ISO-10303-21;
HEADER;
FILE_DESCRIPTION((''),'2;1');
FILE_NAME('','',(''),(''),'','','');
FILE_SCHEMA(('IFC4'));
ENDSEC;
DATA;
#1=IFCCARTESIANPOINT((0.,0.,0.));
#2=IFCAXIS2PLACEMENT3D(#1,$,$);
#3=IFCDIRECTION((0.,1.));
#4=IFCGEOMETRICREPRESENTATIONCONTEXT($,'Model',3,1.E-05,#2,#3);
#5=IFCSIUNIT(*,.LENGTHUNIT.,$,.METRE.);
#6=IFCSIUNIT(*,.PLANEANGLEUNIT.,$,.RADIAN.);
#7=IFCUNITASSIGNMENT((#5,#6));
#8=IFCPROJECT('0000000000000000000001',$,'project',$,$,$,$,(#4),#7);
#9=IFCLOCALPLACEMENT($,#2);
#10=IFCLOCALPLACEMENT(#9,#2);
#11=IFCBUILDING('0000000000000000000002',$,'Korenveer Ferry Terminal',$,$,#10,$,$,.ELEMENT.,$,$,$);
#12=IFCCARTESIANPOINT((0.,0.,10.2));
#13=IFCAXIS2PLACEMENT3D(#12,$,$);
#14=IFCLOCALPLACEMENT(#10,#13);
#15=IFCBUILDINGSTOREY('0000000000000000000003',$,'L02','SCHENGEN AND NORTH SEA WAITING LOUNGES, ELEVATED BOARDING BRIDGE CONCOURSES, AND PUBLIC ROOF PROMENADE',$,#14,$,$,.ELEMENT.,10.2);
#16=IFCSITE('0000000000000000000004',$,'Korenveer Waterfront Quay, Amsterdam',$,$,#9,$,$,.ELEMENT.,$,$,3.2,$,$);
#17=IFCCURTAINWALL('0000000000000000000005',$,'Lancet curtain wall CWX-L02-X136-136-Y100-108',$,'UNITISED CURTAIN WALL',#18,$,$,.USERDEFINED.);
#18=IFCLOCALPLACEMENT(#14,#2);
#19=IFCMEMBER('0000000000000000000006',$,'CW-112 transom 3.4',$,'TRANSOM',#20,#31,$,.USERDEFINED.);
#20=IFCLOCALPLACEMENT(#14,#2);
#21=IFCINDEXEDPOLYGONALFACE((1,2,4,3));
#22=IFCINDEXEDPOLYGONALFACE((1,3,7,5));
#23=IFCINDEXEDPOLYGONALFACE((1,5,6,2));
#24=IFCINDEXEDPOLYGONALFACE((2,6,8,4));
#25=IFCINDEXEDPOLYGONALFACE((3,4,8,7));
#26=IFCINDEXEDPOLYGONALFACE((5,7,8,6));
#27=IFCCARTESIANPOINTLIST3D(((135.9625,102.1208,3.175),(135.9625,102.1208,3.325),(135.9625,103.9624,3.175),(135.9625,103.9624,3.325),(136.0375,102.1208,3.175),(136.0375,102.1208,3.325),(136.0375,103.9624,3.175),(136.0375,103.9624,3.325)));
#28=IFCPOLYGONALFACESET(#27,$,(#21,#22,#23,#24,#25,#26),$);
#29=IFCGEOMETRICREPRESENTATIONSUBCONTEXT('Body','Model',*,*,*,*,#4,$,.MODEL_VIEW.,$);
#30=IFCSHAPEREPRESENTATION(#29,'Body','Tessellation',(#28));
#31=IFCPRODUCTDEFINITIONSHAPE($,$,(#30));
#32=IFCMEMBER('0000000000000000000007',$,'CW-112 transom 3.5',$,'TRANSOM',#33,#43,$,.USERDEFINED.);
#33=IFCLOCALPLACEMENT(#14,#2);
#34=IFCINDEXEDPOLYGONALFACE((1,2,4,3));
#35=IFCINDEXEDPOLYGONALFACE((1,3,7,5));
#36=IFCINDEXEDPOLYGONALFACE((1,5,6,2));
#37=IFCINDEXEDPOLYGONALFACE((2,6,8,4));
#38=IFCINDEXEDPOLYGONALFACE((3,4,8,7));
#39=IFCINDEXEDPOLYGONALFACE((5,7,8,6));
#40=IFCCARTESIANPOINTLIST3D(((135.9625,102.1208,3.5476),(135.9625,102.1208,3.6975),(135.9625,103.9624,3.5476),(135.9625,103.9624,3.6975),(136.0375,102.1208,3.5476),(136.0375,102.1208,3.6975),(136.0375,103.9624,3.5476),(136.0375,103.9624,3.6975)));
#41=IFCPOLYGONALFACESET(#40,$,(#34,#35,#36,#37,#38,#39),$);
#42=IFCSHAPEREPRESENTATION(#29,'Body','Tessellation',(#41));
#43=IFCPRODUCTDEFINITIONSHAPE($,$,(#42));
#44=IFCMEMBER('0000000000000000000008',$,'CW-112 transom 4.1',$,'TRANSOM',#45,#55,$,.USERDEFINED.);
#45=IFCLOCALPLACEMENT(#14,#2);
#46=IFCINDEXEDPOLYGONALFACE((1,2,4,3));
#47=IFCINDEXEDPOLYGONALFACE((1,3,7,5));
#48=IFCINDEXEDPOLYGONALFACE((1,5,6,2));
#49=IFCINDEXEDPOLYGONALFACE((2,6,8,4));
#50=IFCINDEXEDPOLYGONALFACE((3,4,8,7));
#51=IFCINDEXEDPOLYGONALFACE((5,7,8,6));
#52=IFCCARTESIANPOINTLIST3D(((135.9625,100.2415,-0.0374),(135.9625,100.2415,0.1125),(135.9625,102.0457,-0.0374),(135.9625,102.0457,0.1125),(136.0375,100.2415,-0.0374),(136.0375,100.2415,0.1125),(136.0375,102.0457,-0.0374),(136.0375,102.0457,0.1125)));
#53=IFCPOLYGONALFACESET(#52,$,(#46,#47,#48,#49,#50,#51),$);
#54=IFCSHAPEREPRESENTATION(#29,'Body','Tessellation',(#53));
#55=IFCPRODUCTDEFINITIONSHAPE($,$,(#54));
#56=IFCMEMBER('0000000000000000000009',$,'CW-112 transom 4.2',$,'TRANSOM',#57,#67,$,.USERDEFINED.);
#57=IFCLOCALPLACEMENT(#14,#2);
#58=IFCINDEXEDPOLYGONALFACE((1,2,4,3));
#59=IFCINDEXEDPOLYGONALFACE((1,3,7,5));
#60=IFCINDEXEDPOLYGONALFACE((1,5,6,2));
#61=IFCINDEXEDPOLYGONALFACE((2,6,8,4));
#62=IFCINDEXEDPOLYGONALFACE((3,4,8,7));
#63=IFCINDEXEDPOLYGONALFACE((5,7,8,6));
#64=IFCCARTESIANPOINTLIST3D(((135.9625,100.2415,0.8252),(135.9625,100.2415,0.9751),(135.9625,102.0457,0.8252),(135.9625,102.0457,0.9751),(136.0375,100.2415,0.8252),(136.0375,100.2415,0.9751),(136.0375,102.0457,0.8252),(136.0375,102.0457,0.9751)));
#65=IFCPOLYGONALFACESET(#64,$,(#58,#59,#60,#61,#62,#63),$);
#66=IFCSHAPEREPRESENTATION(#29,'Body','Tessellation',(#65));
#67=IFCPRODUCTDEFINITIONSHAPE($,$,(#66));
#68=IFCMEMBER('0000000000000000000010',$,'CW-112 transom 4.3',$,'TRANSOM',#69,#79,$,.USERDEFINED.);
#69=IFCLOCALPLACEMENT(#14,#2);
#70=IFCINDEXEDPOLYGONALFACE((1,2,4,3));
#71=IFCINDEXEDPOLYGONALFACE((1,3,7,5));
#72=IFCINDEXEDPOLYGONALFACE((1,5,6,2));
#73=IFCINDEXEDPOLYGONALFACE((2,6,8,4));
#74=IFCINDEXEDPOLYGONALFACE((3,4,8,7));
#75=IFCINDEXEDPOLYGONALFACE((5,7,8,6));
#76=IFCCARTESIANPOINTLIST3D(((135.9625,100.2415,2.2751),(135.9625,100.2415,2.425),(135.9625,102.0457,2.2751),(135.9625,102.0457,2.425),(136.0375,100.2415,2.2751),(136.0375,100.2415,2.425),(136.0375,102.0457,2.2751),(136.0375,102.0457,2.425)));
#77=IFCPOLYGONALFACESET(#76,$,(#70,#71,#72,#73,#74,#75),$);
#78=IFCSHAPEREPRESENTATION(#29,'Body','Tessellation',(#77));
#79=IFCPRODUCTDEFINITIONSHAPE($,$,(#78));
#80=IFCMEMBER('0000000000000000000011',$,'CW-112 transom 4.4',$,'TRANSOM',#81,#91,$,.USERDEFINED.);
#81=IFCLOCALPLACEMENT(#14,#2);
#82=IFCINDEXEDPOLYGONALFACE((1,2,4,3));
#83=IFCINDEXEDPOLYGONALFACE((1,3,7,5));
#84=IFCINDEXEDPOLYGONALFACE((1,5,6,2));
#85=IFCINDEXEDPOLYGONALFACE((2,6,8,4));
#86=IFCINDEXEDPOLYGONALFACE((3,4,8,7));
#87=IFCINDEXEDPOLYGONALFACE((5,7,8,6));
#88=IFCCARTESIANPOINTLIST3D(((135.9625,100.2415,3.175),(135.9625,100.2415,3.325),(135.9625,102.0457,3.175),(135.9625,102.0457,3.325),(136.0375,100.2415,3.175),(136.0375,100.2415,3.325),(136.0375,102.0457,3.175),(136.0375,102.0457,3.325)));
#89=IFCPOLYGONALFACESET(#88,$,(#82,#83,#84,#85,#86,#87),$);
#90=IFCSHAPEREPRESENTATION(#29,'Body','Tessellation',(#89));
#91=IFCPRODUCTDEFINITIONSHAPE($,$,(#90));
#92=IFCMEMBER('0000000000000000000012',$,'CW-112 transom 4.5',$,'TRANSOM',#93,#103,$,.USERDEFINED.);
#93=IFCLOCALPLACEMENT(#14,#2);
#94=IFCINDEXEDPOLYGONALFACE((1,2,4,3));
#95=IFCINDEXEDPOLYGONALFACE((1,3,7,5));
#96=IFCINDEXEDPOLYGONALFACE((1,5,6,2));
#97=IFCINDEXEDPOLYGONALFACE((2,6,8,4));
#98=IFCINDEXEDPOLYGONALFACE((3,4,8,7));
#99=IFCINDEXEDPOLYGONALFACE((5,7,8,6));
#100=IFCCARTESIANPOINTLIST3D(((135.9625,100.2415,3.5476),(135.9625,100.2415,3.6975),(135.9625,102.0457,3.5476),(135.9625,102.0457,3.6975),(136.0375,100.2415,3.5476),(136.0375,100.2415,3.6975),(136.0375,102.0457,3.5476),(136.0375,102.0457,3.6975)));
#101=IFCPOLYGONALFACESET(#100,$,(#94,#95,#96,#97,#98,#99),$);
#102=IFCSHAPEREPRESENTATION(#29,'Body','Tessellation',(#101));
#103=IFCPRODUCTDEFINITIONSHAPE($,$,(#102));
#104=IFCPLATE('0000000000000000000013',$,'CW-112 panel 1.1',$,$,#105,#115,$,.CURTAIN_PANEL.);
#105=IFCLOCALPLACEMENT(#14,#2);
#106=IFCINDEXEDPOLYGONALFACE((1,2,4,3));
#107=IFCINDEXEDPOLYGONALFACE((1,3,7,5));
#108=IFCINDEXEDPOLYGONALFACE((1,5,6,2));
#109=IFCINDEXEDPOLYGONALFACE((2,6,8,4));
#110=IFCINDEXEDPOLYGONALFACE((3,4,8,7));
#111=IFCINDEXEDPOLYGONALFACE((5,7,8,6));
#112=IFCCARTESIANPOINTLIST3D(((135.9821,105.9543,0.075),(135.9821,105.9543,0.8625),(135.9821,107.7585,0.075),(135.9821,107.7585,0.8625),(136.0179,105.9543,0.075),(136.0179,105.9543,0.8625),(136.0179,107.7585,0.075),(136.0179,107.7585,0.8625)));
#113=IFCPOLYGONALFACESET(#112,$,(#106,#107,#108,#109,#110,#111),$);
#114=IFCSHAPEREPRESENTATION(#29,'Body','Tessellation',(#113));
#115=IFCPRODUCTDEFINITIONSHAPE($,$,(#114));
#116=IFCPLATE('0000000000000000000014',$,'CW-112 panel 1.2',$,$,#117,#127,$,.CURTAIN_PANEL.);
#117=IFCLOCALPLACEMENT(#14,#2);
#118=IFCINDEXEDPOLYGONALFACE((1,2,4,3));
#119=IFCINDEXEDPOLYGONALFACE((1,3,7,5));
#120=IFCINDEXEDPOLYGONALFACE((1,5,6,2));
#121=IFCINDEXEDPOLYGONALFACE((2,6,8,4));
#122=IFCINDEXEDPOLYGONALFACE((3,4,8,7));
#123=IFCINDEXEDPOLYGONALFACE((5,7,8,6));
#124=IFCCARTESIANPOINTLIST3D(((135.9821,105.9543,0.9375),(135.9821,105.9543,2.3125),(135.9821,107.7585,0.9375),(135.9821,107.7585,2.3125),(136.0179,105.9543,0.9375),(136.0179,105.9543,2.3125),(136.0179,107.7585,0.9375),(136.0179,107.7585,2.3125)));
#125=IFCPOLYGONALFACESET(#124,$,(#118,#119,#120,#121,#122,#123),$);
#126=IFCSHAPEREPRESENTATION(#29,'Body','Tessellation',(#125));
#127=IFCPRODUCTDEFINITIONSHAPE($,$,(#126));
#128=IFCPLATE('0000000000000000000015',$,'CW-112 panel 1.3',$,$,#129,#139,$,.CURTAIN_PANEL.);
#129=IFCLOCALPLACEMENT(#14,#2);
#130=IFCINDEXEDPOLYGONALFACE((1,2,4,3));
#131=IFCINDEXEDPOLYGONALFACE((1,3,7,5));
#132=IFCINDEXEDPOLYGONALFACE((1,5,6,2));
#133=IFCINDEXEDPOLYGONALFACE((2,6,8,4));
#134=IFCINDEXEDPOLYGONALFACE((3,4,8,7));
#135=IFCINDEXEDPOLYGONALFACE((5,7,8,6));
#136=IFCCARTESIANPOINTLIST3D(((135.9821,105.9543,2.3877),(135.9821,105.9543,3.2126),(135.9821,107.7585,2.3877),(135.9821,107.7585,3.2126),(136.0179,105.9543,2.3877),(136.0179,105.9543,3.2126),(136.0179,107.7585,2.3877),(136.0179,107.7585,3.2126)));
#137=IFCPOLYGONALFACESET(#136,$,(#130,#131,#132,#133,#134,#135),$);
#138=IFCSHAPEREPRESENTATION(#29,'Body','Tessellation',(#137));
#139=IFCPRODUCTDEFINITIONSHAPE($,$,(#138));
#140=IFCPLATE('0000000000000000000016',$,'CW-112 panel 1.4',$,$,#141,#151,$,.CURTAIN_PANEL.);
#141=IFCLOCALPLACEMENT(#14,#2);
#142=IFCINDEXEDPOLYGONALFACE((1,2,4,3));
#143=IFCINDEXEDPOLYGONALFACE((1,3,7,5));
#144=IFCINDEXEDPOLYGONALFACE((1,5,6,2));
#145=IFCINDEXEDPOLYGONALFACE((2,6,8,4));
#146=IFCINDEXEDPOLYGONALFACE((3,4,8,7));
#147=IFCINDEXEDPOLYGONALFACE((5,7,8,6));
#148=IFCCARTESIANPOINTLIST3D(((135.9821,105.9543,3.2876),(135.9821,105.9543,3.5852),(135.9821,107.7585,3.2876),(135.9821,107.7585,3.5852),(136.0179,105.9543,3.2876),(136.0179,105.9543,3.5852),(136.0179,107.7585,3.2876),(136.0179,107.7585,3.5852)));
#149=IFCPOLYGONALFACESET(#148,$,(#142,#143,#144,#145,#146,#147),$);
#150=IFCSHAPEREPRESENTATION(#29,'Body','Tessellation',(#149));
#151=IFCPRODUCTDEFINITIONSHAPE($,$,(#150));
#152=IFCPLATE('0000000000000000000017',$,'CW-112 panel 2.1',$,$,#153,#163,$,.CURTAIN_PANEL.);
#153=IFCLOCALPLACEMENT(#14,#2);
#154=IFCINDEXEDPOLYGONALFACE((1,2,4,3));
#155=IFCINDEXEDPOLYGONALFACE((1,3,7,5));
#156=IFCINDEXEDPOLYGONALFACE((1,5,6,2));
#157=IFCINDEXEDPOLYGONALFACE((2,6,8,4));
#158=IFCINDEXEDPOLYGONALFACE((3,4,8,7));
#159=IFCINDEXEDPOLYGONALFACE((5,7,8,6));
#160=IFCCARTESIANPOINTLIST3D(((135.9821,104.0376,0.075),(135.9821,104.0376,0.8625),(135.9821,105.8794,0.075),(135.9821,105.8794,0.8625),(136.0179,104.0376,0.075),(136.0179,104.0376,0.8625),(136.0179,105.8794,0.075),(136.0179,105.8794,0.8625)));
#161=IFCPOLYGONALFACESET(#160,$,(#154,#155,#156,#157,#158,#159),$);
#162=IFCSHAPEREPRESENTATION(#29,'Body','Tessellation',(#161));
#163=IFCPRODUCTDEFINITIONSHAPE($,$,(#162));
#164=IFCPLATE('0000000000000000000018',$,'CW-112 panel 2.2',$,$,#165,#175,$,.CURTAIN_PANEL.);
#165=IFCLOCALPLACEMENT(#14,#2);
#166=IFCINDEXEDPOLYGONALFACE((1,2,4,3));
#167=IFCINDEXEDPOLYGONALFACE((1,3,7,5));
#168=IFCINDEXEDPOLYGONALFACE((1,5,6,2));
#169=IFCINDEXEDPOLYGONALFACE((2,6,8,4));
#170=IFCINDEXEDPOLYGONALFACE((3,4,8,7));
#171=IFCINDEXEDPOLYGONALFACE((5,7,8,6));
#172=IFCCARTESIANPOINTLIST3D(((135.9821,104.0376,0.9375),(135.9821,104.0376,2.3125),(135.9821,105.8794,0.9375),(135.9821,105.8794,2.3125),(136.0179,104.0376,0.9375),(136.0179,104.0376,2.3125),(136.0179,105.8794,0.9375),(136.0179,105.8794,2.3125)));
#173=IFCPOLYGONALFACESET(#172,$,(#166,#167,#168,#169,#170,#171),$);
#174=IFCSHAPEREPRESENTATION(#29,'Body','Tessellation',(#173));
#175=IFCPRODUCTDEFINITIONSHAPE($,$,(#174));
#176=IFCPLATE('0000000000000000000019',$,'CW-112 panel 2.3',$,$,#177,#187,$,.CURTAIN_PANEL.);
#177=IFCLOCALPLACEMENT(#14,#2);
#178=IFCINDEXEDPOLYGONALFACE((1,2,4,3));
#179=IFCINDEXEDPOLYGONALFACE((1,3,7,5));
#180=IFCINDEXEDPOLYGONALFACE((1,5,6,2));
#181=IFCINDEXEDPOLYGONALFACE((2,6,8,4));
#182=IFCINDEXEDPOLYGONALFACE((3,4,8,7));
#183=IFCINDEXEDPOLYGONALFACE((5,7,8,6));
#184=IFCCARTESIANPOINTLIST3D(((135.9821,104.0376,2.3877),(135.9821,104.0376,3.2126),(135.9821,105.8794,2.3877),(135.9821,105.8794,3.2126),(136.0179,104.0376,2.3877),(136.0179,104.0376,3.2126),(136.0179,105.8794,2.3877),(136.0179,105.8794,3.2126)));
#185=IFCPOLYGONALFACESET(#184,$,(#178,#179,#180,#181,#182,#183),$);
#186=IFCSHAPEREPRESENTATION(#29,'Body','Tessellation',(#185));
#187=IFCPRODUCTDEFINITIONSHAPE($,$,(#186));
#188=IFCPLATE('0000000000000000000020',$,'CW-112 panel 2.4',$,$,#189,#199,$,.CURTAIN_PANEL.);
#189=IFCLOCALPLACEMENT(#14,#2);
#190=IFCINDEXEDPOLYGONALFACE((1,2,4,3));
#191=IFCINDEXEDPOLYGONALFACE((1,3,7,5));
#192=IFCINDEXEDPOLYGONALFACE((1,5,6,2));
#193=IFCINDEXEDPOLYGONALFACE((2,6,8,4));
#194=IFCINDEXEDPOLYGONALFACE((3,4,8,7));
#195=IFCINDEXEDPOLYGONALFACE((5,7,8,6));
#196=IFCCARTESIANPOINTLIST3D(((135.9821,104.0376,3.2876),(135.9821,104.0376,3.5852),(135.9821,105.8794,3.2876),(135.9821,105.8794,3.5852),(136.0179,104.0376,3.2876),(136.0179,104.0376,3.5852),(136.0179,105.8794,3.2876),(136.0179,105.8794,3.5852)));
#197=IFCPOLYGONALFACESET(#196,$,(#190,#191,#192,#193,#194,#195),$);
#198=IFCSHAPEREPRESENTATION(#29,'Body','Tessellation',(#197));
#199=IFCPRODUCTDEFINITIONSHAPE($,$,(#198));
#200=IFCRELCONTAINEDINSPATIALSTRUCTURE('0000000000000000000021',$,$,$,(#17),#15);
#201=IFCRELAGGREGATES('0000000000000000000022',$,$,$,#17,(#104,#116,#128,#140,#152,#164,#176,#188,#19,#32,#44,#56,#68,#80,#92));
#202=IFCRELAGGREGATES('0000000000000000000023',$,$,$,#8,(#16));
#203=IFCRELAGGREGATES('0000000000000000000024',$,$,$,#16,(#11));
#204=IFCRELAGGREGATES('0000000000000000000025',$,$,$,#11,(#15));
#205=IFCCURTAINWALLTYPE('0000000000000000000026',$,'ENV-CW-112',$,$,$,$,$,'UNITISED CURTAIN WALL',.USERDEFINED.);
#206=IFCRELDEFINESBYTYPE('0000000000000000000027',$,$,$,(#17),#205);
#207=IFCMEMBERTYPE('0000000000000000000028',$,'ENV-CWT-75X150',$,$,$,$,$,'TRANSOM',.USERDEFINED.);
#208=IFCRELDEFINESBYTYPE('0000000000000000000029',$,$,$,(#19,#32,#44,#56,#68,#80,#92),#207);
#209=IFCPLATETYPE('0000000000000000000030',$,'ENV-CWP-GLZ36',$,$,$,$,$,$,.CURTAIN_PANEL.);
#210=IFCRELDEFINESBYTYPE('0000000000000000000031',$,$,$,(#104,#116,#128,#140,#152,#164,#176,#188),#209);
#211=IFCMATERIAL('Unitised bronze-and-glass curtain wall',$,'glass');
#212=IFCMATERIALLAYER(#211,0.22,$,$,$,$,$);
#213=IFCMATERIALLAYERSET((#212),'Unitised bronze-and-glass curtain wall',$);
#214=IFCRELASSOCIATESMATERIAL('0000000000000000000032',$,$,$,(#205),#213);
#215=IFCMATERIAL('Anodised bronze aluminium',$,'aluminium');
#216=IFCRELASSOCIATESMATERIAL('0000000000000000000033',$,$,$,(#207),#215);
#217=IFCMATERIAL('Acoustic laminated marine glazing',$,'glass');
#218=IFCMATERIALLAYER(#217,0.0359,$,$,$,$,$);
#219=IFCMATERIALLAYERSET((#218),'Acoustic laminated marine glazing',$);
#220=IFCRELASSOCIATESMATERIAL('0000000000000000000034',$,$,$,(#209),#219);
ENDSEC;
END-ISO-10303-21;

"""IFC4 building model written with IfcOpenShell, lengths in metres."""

from ifc_helpers import new_model, si_unit, direction, frame, origin, origin_2d, place, context, subcontext, project, spatial, rectangle, extrude, material, layer, layer_set, material_profile, profile_set, type_object, element, aggregate, save


model = new_model("IFC4")

# Units and contexts
model_context = context("Model", 3, precision=1e-05, world=origin(), true_north=direction((0.0, 1.0)))
body_context = subcontext(model_context, "Body", "Model", "MODEL_VIEW")
ifc_project = project(units=[si_unit("LENGTHUNIT", "METRE"), si_unit("PLANEANGLEUNIT", "RADIAN")], contexts=[model_context])

# Site, building, storey
site_placement = place(None, origin())
site = spatial("IfcSite", under=ifc_project, at=site_placement, Name="Korenveer Waterfront Quay, Amsterdam", CompositionType="ELEMENT", RefElevation=3.2)
building_placement = place(site_placement, origin())
building = spatial("IfcBuilding", under=site, at=building_placement, Name="Korenveer Ferry Terminal", CompositionType="ELEMENT")
storey_placement = place(building_placement, frame((0.0, 0.0, 10.2)))
storey = spatial("IfcBuildingStorey", under=building, at=storey_placement, Name="L02", Description="SCHENGEN AND NORTH SEA WAITING LOUNGES, ELEVATED BOARDING BRIDGE CONCOURSES, AND PUBLIC ROOF PROMENADE", CompositionType="ELEMENT", Elevation=10.2)

# Curtain wall, members, plates
ifc_material_1 = material(Name="Unitised bronze-and-glass curtain wall", Category="glass")
ifc_layer_1 = layer(ifc_material_1, 0.22)
ifc_layer_set_1 = layer_set([ifc_layer_1], Name="Unitised bronze-and-glass curtain wall")
curtain_wall_type = type_object("IfcCurtainWallType", Name="ENV-CW-112", ElementType="UNITISED CURTAIN WALL", PredefinedType="USERDEFINED", material=ifc_layer_set_1)
curtain_wall_placement = place(storey_placement, frame((136.0, 107.8335, 0.0)))
curtain_wall = element("IfcCurtainWall", 1, at=curtain_wall_placement, inside=storey, type_object=curtain_wall_type, Name="Lancet curtain wall CWX-L02-X136-136-Y100-108", ObjectType="UNITISED CURTAIN WALL", PredefinedType="USERDEFINED")
ifc_material_2 = material(Name="Anodised bronze aluminium", Category="aluminium")
ifc_material_profile_1 = material_profile(ifc_material_2, rectangle(XDim=0.075, YDim=0.1499, at=origin_2d()), Name="ALU 75x150")
ifc_profile_set_1 = profile_set([ifc_material_profile_1], Name="Anodised bronze aluminium")
member_type_1 = type_object("IfcMemberType", Name="ENV-CWT-75X150", ElementType="TRANSOM", PredefinedType="USERDEFINED", material=ifc_profile_set_1)
member_1_placement = place(storey_placement, frame((136.0, 103.9624, 3.25), z_axis=(0.0, -1.0, 0.0), x_axis=(1.0, 0.0, 0.0)))
member_1 = element("IfcMember", 2, at=member_1_placement, type_object=member_type_1, Name="CW-112 transom 3.4", ObjectType="TRANSOM", PredefinedType="USERDEFINED", context=body_context, shape_type="SweptSolid", body=[
    extrude(rectangle(XDim=0.075, YDim=0.1499, at=origin_2d()), origin(), (0.0, 0.0, 1.0), 1.8416),
])
member_2_placement = place(storey_placement, frame((136.0, 103.9624, 3.6226), z_axis=(0.0, -1.0, 0.0), x_axis=(1.0, 0.0, 0.0)))
member_2 = element("IfcMember", 3, at=member_2_placement, type_object=member_type_1, Name="CW-112 transom 3.5", ObjectType="TRANSOM", PredefinedType="USERDEFINED", context=body_context, shape_type="SweptSolid", body=[
    extrude(rectangle(XDim=0.075, YDim=0.1499, at=origin_2d()), origin(), (0.0, 0.0, 1.0), 1.8416),
])
member_3_placement = place(storey_placement, frame((136.0, 102.0457, 0.0376), z_axis=(0.0, -1.0, 0.0), x_axis=(1.0, 0.0, 0.0)))
member_3 = element("IfcMember", 4, at=member_3_placement, type_object=member_type_1, Name="CW-112 transom 4.1", ObjectType="TRANSOM", PredefinedType="USERDEFINED", context=body_context, shape_type="SweptSolid", body=[
    extrude(rectangle(XDim=0.075, YDim=0.1499, at=origin_2d()), origin(), (0.0, 0.0, 1.0), 1.8042),
])
member_4_placement = place(storey_placement, frame((136.0, 102.0457, 0.9001), z_axis=(0.0, -1.0, 0.0), x_axis=(1.0, 0.0, 0.0)))
member_4 = element("IfcMember", 5, at=member_4_placement, type_object=member_type_1, Name="CW-112 transom 4.2", ObjectType="TRANSOM", PredefinedType="USERDEFINED", context=body_context, shape_type="SweptSolid", body=[
    extrude(rectangle(XDim=0.075, YDim=0.1499, at=origin_2d()), origin(), (0.0, 0.0, 1.0), 1.8042),
])
member_5_placement = place(storey_placement, frame((136.0, 102.0457, 2.3501), z_axis=(0.0, -1.0, 0.0), x_axis=(1.0, 0.0, 0.0)))
member_5 = element("IfcMember", 6, at=member_5_placement, type_object=member_type_1, Name="CW-112 transom 4.3", ObjectType="TRANSOM", PredefinedType="USERDEFINED", context=body_context, shape_type="SweptSolid", body=[
    extrude(rectangle(XDim=0.075, YDim=0.1499, at=origin_2d()), origin(), (0.0, 0.0, 1.0), 1.8042),
])
member_6_placement = place(storey_placement, frame((136.0, 102.0457, 3.25), z_axis=(0.0, -1.0, 0.0), x_axis=(1.0, 0.0, 0.0)))
member_6 = element("IfcMember", 7, at=member_6_placement, type_object=member_type_1, Name="CW-112 transom 4.4", ObjectType="TRANSOM", PredefinedType="USERDEFINED", context=body_context, shape_type="SweptSolid", body=[
    extrude(rectangle(XDim=0.075, YDim=0.1499, at=origin_2d()), origin(), (0.0, 0.0, 1.0), 1.8042),
])
member_7_placement = place(storey_placement, frame((136.0, 102.0457, 3.6226), z_axis=(0.0, -1.0, 0.0), x_axis=(1.0, 0.0, 0.0)))
member_7 = element("IfcMember", 8, at=member_7_placement, type_object=member_type_1, Name="CW-112 transom 4.5", ObjectType="TRANSOM", PredefinedType="USERDEFINED", context=body_context, shape_type="SweptSolid", body=[
    extrude(rectangle(XDim=0.075, YDim=0.1499, at=origin_2d()), origin(), (0.0, 0.0, 1.0), 1.8042),
])
ifc_material_3 = material(Name="Acoustic laminated marine glazing", Category="glass")
ifc_layer_2 = layer(ifc_material_3, 0.0359)
ifc_layer_set_2 = layer_set([ifc_layer_2], Name="Acoustic laminated marine glazing")
plate_type = type_object("IfcPlateType", Name="ENV-CWP-GLZ36", PredefinedType="CURTAIN_PANEL", material=ifc_layer_set_2)
plate_1_placement = place(storey_placement, frame((136.0, 106.8564, 0.075), z_axis=(0.0, 0.0, 1.0), x_axis=(0.0, -1.0, 0.0)))
plate_1 = element("IfcPlate", 9, at=plate_1_placement, type_object=plate_type, Name="CW-112 panel 1.1", PredefinedType="CURTAIN_PANEL", context=body_context, shape_type="SweptSolid", body=[
    extrude(rectangle(XDim=1.8042, YDim=0.0359, at=origin_2d()), origin(), (0.0, 0.0, 1.0), 0.7876),
])
plate_2_placement = place(storey_placement, frame((136.0, 106.8564, 0.9375), z_axis=(0.0, 0.0, 1.0), x_axis=(0.0, -1.0, 0.0)))
plate_2 = element("IfcPlate", 10, at=plate_2_placement, type_object=plate_type, Name="CW-112 panel 1.2", PredefinedType="CURTAIN_PANEL", context=body_context, shape_type="SweptSolid", body=[
    extrude(rectangle(XDim=1.8042, YDim=0.0359, at=origin_2d()), origin(), (0.0, 0.0, 1.0), 1.375),
])
plate_3_placement = place(storey_placement, frame((136.0, 106.8564, 2.3877), z_axis=(0.0, 0.0, 1.0), x_axis=(0.0, -1.0, 0.0)))
plate_3 = element("IfcPlate", 11, at=plate_3_placement, type_object=plate_type, Name="CW-112 panel 1.3", PredefinedType="CURTAIN_PANEL", context=body_context, shape_type="SweptSolid", body=[
    extrude(rectangle(XDim=1.8042, YDim=0.0359, at=origin_2d()), origin(), (0.0, 0.0, 1.0), 0.825),
])
plate_4_placement = place(storey_placement, frame((136.0, 106.8564, 3.2876), z_axis=(0.0, 0.0, 1.0), x_axis=(0.0, -1.0, 0.0)))
plate_4 = element("IfcPlate", 12, at=plate_4_placement, type_object=plate_type, Name="CW-112 panel 1.4", PredefinedType="CURTAIN_PANEL", context=body_context, shape_type="SweptSolid", body=[
    extrude(rectangle(XDim=1.8042, YDim=0.0359, at=origin_2d()), origin(), (0.0, 0.0, 1.0), 0.2976),
])
plate_5_placement = place(storey_placement, frame((136.0, 104.9585, 0.075), z_axis=(0.0, 0.0, 1.0), x_axis=(0.0, -1.0, 0.0)))
plate_5 = element("IfcPlate", 13, at=plate_5_placement, type_object=plate_type, Name="CW-112 panel 2.1", PredefinedType="CURTAIN_PANEL", context=body_context, shape_type="SweptSolid", body=[
    extrude(rectangle(XDim=1.8418, YDim=0.0359, at=origin_2d()), origin(), (0.0, 0.0, 1.0), 0.7876),
])
plate_6_placement = place(storey_placement, frame((136.0, 104.9585, 0.9375), z_axis=(0.0, 0.0, 1.0), x_axis=(0.0, -1.0, 0.0)))
plate_6 = element("IfcPlate", 14, at=plate_6_placement, type_object=plate_type, Name="CW-112 panel 2.2", PredefinedType="CURTAIN_PANEL", context=body_context, shape_type="SweptSolid", body=[
    extrude(rectangle(XDim=1.8418, YDim=0.0359, at=origin_2d()), origin(), (0.0, 0.0, 1.0), 1.375),
])
plate_7_placement = place(storey_placement, frame((136.0, 104.9585, 2.3877), z_axis=(0.0, 0.0, 1.0), x_axis=(0.0, -1.0, 0.0)))
plate_7 = element("IfcPlate", 15, at=plate_7_placement, type_object=plate_type, Name="CW-112 panel 2.3", PredefinedType="CURTAIN_PANEL", context=body_context, shape_type="SweptSolid", body=[
    extrude(rectangle(XDim=1.8418, YDim=0.0359, at=origin_2d()), origin(), (0.0, 0.0, 1.0), 0.825),
])
plate_8_placement = place(storey_placement, frame((136.0, 104.9585, 3.2876), z_axis=(0.0, 0.0, 1.0), x_axis=(0.0, -1.0, 0.0)))
plate_8 = element("IfcPlate", 16, at=plate_8_placement, type_object=plate_type, Name="CW-112 panel 2.4", PredefinedType="CURTAIN_PANEL", context=body_context, shape_type="SweptSolid", body=[
    extrude(rectangle(XDim=1.8418, YDim=0.0359, at=origin_2d()), origin(), (0.0, 0.0, 1.0), 0.2976),
])
aggregate(curtain_wall, [plate_1, plate_2, plate_3, plate_4, plate_5, plate_6, plate_7, plate_8, member_1, member_2, member_3, member_4, member_5, member_6, member_7])

save(model, "model.ifc")
